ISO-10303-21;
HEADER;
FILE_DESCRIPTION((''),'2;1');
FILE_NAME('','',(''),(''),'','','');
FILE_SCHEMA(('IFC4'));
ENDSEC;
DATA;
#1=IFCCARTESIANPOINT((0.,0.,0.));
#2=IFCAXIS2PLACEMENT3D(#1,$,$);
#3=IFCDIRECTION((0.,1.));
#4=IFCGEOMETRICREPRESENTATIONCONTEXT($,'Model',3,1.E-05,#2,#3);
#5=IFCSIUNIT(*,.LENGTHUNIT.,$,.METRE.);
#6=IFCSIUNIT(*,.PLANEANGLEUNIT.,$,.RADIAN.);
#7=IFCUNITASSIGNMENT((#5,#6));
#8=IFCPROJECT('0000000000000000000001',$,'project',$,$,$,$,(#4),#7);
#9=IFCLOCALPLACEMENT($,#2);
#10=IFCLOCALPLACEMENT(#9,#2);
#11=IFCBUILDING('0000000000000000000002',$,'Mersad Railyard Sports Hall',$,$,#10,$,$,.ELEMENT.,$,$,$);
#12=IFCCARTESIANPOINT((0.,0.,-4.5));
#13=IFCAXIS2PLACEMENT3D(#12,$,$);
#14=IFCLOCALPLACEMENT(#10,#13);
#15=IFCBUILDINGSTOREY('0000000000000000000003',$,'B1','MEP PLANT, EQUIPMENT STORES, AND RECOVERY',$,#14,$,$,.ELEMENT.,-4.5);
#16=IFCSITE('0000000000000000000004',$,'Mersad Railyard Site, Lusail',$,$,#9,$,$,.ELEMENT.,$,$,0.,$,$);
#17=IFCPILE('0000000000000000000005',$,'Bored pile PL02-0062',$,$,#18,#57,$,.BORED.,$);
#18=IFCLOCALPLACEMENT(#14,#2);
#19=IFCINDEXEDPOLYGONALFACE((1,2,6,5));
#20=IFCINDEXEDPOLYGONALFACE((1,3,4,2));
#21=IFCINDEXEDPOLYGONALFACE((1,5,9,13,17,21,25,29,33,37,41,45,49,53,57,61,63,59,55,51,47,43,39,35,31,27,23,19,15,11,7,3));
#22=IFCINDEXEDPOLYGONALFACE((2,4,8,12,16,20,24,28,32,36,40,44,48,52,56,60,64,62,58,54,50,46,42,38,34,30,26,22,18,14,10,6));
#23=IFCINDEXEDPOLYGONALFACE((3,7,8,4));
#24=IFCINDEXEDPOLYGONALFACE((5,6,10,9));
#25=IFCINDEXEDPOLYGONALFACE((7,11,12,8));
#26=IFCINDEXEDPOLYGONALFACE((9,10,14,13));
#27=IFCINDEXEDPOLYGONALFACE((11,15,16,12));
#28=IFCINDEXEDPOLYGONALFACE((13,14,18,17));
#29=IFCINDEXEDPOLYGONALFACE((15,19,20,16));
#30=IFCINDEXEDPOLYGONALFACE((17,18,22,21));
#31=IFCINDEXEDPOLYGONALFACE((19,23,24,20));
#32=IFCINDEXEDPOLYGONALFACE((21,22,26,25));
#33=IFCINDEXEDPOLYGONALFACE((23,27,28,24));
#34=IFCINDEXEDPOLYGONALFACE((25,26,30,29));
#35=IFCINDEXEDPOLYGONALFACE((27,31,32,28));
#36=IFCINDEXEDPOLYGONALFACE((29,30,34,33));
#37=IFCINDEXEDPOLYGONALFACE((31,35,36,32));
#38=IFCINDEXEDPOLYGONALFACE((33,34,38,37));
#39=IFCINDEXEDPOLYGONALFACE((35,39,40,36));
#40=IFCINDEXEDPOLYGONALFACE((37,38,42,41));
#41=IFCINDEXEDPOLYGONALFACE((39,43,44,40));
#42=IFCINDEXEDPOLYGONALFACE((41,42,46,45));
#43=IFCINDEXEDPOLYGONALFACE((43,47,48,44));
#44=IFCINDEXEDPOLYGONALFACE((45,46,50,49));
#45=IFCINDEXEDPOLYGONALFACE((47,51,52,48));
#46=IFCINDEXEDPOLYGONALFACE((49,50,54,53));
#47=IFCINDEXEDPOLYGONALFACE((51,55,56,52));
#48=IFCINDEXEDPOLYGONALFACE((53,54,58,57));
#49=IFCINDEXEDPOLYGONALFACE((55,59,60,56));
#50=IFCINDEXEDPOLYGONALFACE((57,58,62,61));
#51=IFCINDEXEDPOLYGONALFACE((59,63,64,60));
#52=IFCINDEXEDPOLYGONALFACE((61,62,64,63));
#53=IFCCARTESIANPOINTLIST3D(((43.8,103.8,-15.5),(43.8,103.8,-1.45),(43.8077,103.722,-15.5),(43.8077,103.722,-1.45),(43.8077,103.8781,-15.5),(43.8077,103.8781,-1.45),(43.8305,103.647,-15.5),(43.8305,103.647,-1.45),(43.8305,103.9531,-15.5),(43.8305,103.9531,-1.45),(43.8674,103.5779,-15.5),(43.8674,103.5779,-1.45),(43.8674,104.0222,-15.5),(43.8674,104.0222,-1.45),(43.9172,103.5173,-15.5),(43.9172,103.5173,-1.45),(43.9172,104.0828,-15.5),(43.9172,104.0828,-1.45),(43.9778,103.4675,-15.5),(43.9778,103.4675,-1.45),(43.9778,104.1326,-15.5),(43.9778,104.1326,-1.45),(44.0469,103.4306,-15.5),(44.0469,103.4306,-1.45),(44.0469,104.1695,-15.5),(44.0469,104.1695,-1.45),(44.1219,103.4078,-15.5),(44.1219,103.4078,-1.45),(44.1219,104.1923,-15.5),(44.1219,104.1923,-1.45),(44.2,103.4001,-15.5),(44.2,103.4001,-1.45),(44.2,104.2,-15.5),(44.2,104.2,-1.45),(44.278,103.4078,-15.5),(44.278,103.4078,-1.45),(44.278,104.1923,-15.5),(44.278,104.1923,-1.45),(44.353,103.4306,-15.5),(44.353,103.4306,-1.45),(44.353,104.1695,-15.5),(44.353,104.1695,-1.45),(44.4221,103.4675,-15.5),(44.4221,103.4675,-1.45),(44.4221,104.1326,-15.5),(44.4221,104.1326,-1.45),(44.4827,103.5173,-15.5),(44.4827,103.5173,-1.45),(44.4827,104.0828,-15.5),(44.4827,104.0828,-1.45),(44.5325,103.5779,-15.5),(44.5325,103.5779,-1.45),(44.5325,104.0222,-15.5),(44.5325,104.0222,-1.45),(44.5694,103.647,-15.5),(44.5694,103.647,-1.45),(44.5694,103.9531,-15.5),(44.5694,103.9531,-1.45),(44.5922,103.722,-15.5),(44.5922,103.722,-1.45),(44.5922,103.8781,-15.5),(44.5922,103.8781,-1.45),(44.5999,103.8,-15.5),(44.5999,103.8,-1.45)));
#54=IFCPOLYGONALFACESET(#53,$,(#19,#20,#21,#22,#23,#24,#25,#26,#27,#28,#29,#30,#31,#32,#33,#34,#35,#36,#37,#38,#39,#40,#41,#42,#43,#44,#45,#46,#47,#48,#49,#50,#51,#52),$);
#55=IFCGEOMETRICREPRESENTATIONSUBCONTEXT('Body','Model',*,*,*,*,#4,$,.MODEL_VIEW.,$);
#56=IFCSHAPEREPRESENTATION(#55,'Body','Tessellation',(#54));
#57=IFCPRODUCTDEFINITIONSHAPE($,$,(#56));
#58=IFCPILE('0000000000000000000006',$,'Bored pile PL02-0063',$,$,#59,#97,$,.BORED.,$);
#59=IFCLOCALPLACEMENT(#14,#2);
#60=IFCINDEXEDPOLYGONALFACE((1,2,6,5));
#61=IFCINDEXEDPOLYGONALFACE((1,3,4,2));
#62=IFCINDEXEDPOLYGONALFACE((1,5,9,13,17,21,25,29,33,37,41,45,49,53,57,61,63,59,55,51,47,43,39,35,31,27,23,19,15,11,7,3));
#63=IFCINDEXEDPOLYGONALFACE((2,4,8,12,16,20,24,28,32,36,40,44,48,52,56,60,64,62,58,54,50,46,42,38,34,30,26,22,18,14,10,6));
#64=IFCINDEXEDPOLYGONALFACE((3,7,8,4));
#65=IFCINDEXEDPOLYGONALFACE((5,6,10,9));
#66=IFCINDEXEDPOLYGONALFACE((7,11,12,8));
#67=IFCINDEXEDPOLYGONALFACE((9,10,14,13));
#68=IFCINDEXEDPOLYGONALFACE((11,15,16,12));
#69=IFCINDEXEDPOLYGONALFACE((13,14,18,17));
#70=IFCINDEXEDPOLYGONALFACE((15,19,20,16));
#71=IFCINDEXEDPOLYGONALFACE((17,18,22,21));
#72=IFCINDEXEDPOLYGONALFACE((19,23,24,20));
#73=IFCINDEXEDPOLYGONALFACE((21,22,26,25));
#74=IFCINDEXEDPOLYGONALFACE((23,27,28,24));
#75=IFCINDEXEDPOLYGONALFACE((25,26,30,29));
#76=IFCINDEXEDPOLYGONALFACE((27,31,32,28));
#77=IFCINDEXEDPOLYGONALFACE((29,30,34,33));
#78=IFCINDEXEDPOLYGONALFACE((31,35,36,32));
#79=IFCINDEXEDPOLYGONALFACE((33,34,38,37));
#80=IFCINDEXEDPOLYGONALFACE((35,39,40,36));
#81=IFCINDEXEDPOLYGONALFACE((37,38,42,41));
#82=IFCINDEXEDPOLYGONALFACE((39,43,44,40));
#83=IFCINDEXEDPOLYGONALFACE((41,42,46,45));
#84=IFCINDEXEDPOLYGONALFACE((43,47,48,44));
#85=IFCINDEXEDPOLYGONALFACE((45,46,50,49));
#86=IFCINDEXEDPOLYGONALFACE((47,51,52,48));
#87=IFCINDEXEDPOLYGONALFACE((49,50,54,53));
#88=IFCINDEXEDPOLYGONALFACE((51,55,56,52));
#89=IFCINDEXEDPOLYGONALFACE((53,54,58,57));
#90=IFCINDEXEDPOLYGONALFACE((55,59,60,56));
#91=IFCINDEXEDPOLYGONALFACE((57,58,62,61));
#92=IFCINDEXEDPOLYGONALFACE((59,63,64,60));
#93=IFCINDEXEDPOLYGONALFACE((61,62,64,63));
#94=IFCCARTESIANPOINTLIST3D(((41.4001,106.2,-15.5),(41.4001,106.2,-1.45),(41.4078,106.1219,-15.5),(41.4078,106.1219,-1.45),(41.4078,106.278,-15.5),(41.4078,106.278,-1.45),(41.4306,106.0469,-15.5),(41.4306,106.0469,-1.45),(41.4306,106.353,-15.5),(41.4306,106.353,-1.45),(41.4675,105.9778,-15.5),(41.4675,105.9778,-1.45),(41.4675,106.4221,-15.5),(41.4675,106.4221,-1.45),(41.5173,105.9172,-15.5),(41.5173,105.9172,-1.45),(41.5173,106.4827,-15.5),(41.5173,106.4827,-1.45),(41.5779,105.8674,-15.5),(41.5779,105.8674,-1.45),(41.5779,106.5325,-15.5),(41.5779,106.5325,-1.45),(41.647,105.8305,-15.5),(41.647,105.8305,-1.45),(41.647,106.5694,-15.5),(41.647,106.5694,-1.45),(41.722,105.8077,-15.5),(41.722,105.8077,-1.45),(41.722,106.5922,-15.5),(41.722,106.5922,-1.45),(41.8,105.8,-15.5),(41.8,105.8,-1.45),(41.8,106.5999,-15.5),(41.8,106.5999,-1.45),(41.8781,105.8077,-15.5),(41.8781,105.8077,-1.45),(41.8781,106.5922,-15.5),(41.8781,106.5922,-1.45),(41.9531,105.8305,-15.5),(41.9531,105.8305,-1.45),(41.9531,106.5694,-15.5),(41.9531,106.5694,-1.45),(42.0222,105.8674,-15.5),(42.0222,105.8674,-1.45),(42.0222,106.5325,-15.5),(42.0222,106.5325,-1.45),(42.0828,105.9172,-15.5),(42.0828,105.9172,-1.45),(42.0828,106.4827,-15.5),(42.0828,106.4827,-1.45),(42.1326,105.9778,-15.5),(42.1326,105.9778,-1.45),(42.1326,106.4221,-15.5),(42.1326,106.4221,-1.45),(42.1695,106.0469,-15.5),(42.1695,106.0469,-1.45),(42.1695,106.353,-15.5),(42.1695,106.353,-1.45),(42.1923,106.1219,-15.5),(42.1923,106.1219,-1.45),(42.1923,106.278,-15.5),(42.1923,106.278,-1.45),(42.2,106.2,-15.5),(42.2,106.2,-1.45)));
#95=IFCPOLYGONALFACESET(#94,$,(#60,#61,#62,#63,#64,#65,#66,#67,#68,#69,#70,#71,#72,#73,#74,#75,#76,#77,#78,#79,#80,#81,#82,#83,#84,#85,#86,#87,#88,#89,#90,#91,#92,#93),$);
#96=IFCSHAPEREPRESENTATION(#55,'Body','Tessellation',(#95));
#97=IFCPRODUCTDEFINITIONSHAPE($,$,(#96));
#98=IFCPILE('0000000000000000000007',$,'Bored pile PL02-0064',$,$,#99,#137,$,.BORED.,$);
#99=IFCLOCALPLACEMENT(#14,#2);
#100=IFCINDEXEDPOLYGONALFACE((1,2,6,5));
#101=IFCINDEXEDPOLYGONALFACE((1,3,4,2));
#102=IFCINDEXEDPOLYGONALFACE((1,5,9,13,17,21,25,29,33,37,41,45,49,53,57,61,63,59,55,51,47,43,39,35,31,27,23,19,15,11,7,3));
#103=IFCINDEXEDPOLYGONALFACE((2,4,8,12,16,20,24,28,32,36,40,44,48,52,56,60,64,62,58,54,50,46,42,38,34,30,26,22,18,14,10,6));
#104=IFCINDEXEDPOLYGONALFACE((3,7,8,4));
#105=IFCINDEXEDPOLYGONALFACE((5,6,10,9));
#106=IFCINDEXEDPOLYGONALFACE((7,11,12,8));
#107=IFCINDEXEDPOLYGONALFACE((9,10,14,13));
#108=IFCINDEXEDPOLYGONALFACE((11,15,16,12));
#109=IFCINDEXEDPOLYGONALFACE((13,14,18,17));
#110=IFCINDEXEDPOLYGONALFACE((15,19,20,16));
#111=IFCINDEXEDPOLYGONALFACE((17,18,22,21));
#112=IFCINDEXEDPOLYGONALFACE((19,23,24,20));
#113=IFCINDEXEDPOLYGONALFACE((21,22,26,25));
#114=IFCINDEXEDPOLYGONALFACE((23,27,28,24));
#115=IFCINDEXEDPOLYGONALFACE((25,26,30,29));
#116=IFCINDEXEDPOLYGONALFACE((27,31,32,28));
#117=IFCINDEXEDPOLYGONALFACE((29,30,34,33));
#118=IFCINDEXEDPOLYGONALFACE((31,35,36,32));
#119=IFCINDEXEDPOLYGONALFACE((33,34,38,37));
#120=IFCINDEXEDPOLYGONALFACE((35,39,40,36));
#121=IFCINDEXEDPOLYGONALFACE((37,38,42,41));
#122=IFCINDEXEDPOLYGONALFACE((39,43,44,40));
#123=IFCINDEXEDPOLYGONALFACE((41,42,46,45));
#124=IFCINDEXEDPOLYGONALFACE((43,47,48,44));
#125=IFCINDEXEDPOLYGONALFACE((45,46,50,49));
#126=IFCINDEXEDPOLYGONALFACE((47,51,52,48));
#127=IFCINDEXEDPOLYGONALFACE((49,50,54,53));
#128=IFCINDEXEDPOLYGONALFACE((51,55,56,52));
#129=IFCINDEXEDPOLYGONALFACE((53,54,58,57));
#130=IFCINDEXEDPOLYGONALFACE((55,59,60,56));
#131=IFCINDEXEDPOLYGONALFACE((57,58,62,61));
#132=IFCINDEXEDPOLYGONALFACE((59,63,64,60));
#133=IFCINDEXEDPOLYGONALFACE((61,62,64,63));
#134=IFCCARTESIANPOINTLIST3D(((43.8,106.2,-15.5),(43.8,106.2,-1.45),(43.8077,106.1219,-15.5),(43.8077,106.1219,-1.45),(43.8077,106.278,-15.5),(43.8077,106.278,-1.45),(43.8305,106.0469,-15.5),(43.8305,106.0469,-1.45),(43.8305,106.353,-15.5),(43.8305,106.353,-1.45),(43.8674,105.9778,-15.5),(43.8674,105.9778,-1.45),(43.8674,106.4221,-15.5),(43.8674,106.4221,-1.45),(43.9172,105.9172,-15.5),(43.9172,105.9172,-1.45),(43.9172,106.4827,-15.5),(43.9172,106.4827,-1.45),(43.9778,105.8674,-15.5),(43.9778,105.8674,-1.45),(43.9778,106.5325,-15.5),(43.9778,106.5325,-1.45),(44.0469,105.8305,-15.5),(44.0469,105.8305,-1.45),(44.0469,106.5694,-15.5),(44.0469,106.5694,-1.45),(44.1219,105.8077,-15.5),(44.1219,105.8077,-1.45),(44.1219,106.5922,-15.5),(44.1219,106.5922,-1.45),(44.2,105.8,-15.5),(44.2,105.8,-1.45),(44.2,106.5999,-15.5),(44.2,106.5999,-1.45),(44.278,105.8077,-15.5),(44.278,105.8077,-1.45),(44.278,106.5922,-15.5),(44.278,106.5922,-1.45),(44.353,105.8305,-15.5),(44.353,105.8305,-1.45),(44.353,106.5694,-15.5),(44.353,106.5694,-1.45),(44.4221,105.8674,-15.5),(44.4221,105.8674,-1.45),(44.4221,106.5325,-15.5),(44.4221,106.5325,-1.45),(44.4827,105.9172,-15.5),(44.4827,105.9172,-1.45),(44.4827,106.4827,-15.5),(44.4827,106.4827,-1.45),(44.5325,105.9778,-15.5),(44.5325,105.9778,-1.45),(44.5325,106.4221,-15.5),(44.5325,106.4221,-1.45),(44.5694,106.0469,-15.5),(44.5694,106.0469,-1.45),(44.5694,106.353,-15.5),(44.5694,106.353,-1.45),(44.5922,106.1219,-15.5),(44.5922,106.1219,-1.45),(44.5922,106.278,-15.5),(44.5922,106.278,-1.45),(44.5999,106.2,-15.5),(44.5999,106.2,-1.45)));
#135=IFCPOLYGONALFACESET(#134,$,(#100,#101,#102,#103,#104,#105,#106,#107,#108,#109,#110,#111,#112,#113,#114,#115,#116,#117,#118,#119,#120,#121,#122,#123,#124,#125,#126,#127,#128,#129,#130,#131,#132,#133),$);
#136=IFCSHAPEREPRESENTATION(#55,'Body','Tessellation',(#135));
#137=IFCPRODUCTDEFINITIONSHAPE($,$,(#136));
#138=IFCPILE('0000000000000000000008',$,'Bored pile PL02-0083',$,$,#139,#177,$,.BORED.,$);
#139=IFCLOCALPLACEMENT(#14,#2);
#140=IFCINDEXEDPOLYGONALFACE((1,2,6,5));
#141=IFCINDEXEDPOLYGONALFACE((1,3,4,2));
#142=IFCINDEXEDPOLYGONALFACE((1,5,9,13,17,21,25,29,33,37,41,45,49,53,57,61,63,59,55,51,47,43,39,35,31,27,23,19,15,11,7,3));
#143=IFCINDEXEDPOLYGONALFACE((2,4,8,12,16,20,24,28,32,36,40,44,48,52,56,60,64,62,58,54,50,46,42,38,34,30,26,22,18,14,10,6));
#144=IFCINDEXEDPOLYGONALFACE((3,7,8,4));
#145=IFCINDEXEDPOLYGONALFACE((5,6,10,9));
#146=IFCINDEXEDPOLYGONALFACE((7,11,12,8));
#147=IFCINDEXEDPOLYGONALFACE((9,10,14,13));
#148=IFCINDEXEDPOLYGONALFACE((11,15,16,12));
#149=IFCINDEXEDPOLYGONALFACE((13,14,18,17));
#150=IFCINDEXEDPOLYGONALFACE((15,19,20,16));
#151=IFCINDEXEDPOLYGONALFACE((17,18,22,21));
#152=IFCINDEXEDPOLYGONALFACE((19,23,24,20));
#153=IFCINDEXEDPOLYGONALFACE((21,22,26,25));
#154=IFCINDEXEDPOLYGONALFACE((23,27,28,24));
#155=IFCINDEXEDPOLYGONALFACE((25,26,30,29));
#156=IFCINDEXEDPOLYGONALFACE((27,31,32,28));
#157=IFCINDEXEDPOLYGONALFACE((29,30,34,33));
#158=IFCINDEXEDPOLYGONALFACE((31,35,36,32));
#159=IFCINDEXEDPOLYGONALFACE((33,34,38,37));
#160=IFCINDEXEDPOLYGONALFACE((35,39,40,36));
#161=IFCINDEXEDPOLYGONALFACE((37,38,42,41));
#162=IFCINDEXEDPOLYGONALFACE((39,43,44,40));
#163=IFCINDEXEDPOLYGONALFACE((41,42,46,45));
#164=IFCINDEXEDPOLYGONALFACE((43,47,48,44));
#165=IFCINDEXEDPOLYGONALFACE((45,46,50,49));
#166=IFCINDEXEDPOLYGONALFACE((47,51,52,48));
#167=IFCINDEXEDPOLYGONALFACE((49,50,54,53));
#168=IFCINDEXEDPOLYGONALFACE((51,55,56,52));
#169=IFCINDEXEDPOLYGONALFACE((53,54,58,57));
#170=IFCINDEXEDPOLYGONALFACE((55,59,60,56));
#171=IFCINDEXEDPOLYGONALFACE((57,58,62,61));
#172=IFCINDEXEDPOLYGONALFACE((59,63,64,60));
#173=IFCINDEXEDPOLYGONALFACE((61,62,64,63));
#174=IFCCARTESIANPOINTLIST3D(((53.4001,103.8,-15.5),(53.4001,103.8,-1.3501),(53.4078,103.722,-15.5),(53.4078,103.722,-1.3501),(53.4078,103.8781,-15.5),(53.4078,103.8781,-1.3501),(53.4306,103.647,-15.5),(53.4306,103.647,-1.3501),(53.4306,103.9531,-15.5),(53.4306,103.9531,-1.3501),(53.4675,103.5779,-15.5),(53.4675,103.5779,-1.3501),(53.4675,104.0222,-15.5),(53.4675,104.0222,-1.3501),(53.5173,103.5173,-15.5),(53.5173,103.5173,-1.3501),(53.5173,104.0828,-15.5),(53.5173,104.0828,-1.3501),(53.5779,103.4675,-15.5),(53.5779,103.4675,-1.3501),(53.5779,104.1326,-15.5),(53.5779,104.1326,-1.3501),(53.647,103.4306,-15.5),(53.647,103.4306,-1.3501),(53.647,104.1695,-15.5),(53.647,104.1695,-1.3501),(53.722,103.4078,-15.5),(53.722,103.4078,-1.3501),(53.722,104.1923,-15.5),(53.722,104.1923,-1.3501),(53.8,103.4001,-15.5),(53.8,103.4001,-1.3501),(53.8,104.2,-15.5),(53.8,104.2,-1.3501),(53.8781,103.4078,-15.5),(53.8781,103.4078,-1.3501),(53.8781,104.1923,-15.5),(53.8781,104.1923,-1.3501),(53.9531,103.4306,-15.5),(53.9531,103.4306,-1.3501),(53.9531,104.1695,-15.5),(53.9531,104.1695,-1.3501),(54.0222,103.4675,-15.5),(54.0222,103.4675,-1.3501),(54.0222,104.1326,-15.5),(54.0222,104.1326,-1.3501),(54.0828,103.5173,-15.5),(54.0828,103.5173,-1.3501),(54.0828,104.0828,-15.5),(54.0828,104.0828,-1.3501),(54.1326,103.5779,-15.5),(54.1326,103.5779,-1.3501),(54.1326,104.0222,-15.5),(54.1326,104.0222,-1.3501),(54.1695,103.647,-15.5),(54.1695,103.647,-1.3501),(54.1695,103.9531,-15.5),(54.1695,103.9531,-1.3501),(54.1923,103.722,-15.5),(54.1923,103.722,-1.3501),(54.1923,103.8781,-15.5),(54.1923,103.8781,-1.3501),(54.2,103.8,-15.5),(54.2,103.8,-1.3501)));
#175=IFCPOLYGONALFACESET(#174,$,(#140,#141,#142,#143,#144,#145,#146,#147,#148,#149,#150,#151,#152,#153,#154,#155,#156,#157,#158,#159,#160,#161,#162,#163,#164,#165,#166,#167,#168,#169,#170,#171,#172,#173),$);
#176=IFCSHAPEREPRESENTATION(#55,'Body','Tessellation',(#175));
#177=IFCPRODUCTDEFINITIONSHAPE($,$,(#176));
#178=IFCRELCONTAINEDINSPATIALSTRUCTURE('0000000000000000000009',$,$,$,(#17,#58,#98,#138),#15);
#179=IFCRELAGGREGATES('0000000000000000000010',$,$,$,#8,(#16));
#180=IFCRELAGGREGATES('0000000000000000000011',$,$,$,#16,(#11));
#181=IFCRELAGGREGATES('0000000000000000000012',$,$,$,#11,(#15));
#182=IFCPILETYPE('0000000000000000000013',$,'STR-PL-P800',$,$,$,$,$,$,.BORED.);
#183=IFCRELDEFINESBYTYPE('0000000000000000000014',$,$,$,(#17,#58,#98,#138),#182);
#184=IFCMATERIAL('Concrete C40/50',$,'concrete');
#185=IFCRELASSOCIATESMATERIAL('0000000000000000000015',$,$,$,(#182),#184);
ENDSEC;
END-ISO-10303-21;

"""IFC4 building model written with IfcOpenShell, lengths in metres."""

from ifc_helpers import new_model, si_unit, direction, frame, origin, origin_2d, place, context, subcontext, project, spatial, circle, extrude, material, material_profile, profile_set, type_object, element, save


model = new_model("IFC4")

# Units and contexts
model_context = context("Model", 3, precision=1e-05, world=origin(), true_north=direction((0.0, 1.0)))
body_context = subcontext(model_context, "Body", "Model", "MODEL_VIEW")
ifc_project = project(units=[si_unit("LENGTHUNIT", "METRE"), si_unit("PLANEANGLEUNIT", "RADIAN")], contexts=[model_context])

# Site, building, storey
site_placement = place(None, origin())
site = spatial("IfcSite", under=ifc_project, at=site_placement, Name="Mersad Railyard Site, Lusail", CompositionType="ELEMENT", RefElevation=0.0)
building_placement = place(site_placement, origin())
building = spatial("IfcBuilding", under=site, at=building_placement, Name="Mersad Railyard Sports Hall", CompositionType="ELEMENT")
storey_placement = place(building_placement, frame((0.0, 0.0, -4.5)))
storey = spatial("IfcBuildingStorey", under=building, at=storey_placement, Name="B1", Description="MEP PLANT, EQUIPMENT STORES, AND RECOVERY", CompositionType="ELEMENT", Elevation=-4.5)

# Shared definitions
ifc_material_1 = material(Name="Concrete C40/50", Category="concrete")

# Piles
ifc_material_profile_1 = material_profile(ifc_material_1, circle(Radius=0.3999, at=origin_2d()), Name="BORED PILE D800")
ifc_profile_set_1 = profile_set([ifc_material_profile_1], Name="Concrete C40/50")
pile_type_1 = type_object("IfcPileType", Name="STR-PL-P800", PredefinedType="BORED", material=ifc_profile_set_1)
for number, where, z_axis, x_axis, name in (
    (1, (44.2, 103.8, -1.45), (0.0, 0.0, -1.0), (1.0, 0.0, 0.0), "Bored pile PL02-0062"),
    (2, (41.8, 106.2, -1.45), (0.0, 0.0, -1.0), (1.0, 0.0, 0.0), "Bored pile PL02-0063"),
    (3, (44.2, 106.2, -1.45), (0.0, 0.0, -1.0), (1.0, 0.0, 0.0), "Bored pile PL02-0064"),
):
    element("IfcPile", number, at=place(storey_placement, frame(where, z_axis=z_axis, x_axis=x_axis)), inside=storey, type_object=pile_type_1, Name=name, PredefinedType="BORED", context=body_context, shape_type="SweptSolid", body=[
        extrude(circle(Radius=0.3999, at=origin_2d()), origin(), (0.0, 0.0, 1.0), 14.05),
    ])
for number, where, z_axis, x_axis, name in (
    (4, (53.8, 103.8, -1.3501), (0.0, 0.0, -1.0), (1.0, 0.0, 0.0), "Bored pile PL02-0083"),
):
    element("IfcPile", number, at=place(storey_placement, frame(where, z_axis=z_axis, x_axis=x_axis)), inside=storey, type_object=pile_type_1, Name=name, PredefinedType="BORED", context=body_context, shape_type="SweptSolid", body=[
        extrude(circle(Radius=0.3999, at=origin_2d()), origin(), (0.0, 0.0, 1.0), 14.1499),
    ])

save(model, "model.ifc")
